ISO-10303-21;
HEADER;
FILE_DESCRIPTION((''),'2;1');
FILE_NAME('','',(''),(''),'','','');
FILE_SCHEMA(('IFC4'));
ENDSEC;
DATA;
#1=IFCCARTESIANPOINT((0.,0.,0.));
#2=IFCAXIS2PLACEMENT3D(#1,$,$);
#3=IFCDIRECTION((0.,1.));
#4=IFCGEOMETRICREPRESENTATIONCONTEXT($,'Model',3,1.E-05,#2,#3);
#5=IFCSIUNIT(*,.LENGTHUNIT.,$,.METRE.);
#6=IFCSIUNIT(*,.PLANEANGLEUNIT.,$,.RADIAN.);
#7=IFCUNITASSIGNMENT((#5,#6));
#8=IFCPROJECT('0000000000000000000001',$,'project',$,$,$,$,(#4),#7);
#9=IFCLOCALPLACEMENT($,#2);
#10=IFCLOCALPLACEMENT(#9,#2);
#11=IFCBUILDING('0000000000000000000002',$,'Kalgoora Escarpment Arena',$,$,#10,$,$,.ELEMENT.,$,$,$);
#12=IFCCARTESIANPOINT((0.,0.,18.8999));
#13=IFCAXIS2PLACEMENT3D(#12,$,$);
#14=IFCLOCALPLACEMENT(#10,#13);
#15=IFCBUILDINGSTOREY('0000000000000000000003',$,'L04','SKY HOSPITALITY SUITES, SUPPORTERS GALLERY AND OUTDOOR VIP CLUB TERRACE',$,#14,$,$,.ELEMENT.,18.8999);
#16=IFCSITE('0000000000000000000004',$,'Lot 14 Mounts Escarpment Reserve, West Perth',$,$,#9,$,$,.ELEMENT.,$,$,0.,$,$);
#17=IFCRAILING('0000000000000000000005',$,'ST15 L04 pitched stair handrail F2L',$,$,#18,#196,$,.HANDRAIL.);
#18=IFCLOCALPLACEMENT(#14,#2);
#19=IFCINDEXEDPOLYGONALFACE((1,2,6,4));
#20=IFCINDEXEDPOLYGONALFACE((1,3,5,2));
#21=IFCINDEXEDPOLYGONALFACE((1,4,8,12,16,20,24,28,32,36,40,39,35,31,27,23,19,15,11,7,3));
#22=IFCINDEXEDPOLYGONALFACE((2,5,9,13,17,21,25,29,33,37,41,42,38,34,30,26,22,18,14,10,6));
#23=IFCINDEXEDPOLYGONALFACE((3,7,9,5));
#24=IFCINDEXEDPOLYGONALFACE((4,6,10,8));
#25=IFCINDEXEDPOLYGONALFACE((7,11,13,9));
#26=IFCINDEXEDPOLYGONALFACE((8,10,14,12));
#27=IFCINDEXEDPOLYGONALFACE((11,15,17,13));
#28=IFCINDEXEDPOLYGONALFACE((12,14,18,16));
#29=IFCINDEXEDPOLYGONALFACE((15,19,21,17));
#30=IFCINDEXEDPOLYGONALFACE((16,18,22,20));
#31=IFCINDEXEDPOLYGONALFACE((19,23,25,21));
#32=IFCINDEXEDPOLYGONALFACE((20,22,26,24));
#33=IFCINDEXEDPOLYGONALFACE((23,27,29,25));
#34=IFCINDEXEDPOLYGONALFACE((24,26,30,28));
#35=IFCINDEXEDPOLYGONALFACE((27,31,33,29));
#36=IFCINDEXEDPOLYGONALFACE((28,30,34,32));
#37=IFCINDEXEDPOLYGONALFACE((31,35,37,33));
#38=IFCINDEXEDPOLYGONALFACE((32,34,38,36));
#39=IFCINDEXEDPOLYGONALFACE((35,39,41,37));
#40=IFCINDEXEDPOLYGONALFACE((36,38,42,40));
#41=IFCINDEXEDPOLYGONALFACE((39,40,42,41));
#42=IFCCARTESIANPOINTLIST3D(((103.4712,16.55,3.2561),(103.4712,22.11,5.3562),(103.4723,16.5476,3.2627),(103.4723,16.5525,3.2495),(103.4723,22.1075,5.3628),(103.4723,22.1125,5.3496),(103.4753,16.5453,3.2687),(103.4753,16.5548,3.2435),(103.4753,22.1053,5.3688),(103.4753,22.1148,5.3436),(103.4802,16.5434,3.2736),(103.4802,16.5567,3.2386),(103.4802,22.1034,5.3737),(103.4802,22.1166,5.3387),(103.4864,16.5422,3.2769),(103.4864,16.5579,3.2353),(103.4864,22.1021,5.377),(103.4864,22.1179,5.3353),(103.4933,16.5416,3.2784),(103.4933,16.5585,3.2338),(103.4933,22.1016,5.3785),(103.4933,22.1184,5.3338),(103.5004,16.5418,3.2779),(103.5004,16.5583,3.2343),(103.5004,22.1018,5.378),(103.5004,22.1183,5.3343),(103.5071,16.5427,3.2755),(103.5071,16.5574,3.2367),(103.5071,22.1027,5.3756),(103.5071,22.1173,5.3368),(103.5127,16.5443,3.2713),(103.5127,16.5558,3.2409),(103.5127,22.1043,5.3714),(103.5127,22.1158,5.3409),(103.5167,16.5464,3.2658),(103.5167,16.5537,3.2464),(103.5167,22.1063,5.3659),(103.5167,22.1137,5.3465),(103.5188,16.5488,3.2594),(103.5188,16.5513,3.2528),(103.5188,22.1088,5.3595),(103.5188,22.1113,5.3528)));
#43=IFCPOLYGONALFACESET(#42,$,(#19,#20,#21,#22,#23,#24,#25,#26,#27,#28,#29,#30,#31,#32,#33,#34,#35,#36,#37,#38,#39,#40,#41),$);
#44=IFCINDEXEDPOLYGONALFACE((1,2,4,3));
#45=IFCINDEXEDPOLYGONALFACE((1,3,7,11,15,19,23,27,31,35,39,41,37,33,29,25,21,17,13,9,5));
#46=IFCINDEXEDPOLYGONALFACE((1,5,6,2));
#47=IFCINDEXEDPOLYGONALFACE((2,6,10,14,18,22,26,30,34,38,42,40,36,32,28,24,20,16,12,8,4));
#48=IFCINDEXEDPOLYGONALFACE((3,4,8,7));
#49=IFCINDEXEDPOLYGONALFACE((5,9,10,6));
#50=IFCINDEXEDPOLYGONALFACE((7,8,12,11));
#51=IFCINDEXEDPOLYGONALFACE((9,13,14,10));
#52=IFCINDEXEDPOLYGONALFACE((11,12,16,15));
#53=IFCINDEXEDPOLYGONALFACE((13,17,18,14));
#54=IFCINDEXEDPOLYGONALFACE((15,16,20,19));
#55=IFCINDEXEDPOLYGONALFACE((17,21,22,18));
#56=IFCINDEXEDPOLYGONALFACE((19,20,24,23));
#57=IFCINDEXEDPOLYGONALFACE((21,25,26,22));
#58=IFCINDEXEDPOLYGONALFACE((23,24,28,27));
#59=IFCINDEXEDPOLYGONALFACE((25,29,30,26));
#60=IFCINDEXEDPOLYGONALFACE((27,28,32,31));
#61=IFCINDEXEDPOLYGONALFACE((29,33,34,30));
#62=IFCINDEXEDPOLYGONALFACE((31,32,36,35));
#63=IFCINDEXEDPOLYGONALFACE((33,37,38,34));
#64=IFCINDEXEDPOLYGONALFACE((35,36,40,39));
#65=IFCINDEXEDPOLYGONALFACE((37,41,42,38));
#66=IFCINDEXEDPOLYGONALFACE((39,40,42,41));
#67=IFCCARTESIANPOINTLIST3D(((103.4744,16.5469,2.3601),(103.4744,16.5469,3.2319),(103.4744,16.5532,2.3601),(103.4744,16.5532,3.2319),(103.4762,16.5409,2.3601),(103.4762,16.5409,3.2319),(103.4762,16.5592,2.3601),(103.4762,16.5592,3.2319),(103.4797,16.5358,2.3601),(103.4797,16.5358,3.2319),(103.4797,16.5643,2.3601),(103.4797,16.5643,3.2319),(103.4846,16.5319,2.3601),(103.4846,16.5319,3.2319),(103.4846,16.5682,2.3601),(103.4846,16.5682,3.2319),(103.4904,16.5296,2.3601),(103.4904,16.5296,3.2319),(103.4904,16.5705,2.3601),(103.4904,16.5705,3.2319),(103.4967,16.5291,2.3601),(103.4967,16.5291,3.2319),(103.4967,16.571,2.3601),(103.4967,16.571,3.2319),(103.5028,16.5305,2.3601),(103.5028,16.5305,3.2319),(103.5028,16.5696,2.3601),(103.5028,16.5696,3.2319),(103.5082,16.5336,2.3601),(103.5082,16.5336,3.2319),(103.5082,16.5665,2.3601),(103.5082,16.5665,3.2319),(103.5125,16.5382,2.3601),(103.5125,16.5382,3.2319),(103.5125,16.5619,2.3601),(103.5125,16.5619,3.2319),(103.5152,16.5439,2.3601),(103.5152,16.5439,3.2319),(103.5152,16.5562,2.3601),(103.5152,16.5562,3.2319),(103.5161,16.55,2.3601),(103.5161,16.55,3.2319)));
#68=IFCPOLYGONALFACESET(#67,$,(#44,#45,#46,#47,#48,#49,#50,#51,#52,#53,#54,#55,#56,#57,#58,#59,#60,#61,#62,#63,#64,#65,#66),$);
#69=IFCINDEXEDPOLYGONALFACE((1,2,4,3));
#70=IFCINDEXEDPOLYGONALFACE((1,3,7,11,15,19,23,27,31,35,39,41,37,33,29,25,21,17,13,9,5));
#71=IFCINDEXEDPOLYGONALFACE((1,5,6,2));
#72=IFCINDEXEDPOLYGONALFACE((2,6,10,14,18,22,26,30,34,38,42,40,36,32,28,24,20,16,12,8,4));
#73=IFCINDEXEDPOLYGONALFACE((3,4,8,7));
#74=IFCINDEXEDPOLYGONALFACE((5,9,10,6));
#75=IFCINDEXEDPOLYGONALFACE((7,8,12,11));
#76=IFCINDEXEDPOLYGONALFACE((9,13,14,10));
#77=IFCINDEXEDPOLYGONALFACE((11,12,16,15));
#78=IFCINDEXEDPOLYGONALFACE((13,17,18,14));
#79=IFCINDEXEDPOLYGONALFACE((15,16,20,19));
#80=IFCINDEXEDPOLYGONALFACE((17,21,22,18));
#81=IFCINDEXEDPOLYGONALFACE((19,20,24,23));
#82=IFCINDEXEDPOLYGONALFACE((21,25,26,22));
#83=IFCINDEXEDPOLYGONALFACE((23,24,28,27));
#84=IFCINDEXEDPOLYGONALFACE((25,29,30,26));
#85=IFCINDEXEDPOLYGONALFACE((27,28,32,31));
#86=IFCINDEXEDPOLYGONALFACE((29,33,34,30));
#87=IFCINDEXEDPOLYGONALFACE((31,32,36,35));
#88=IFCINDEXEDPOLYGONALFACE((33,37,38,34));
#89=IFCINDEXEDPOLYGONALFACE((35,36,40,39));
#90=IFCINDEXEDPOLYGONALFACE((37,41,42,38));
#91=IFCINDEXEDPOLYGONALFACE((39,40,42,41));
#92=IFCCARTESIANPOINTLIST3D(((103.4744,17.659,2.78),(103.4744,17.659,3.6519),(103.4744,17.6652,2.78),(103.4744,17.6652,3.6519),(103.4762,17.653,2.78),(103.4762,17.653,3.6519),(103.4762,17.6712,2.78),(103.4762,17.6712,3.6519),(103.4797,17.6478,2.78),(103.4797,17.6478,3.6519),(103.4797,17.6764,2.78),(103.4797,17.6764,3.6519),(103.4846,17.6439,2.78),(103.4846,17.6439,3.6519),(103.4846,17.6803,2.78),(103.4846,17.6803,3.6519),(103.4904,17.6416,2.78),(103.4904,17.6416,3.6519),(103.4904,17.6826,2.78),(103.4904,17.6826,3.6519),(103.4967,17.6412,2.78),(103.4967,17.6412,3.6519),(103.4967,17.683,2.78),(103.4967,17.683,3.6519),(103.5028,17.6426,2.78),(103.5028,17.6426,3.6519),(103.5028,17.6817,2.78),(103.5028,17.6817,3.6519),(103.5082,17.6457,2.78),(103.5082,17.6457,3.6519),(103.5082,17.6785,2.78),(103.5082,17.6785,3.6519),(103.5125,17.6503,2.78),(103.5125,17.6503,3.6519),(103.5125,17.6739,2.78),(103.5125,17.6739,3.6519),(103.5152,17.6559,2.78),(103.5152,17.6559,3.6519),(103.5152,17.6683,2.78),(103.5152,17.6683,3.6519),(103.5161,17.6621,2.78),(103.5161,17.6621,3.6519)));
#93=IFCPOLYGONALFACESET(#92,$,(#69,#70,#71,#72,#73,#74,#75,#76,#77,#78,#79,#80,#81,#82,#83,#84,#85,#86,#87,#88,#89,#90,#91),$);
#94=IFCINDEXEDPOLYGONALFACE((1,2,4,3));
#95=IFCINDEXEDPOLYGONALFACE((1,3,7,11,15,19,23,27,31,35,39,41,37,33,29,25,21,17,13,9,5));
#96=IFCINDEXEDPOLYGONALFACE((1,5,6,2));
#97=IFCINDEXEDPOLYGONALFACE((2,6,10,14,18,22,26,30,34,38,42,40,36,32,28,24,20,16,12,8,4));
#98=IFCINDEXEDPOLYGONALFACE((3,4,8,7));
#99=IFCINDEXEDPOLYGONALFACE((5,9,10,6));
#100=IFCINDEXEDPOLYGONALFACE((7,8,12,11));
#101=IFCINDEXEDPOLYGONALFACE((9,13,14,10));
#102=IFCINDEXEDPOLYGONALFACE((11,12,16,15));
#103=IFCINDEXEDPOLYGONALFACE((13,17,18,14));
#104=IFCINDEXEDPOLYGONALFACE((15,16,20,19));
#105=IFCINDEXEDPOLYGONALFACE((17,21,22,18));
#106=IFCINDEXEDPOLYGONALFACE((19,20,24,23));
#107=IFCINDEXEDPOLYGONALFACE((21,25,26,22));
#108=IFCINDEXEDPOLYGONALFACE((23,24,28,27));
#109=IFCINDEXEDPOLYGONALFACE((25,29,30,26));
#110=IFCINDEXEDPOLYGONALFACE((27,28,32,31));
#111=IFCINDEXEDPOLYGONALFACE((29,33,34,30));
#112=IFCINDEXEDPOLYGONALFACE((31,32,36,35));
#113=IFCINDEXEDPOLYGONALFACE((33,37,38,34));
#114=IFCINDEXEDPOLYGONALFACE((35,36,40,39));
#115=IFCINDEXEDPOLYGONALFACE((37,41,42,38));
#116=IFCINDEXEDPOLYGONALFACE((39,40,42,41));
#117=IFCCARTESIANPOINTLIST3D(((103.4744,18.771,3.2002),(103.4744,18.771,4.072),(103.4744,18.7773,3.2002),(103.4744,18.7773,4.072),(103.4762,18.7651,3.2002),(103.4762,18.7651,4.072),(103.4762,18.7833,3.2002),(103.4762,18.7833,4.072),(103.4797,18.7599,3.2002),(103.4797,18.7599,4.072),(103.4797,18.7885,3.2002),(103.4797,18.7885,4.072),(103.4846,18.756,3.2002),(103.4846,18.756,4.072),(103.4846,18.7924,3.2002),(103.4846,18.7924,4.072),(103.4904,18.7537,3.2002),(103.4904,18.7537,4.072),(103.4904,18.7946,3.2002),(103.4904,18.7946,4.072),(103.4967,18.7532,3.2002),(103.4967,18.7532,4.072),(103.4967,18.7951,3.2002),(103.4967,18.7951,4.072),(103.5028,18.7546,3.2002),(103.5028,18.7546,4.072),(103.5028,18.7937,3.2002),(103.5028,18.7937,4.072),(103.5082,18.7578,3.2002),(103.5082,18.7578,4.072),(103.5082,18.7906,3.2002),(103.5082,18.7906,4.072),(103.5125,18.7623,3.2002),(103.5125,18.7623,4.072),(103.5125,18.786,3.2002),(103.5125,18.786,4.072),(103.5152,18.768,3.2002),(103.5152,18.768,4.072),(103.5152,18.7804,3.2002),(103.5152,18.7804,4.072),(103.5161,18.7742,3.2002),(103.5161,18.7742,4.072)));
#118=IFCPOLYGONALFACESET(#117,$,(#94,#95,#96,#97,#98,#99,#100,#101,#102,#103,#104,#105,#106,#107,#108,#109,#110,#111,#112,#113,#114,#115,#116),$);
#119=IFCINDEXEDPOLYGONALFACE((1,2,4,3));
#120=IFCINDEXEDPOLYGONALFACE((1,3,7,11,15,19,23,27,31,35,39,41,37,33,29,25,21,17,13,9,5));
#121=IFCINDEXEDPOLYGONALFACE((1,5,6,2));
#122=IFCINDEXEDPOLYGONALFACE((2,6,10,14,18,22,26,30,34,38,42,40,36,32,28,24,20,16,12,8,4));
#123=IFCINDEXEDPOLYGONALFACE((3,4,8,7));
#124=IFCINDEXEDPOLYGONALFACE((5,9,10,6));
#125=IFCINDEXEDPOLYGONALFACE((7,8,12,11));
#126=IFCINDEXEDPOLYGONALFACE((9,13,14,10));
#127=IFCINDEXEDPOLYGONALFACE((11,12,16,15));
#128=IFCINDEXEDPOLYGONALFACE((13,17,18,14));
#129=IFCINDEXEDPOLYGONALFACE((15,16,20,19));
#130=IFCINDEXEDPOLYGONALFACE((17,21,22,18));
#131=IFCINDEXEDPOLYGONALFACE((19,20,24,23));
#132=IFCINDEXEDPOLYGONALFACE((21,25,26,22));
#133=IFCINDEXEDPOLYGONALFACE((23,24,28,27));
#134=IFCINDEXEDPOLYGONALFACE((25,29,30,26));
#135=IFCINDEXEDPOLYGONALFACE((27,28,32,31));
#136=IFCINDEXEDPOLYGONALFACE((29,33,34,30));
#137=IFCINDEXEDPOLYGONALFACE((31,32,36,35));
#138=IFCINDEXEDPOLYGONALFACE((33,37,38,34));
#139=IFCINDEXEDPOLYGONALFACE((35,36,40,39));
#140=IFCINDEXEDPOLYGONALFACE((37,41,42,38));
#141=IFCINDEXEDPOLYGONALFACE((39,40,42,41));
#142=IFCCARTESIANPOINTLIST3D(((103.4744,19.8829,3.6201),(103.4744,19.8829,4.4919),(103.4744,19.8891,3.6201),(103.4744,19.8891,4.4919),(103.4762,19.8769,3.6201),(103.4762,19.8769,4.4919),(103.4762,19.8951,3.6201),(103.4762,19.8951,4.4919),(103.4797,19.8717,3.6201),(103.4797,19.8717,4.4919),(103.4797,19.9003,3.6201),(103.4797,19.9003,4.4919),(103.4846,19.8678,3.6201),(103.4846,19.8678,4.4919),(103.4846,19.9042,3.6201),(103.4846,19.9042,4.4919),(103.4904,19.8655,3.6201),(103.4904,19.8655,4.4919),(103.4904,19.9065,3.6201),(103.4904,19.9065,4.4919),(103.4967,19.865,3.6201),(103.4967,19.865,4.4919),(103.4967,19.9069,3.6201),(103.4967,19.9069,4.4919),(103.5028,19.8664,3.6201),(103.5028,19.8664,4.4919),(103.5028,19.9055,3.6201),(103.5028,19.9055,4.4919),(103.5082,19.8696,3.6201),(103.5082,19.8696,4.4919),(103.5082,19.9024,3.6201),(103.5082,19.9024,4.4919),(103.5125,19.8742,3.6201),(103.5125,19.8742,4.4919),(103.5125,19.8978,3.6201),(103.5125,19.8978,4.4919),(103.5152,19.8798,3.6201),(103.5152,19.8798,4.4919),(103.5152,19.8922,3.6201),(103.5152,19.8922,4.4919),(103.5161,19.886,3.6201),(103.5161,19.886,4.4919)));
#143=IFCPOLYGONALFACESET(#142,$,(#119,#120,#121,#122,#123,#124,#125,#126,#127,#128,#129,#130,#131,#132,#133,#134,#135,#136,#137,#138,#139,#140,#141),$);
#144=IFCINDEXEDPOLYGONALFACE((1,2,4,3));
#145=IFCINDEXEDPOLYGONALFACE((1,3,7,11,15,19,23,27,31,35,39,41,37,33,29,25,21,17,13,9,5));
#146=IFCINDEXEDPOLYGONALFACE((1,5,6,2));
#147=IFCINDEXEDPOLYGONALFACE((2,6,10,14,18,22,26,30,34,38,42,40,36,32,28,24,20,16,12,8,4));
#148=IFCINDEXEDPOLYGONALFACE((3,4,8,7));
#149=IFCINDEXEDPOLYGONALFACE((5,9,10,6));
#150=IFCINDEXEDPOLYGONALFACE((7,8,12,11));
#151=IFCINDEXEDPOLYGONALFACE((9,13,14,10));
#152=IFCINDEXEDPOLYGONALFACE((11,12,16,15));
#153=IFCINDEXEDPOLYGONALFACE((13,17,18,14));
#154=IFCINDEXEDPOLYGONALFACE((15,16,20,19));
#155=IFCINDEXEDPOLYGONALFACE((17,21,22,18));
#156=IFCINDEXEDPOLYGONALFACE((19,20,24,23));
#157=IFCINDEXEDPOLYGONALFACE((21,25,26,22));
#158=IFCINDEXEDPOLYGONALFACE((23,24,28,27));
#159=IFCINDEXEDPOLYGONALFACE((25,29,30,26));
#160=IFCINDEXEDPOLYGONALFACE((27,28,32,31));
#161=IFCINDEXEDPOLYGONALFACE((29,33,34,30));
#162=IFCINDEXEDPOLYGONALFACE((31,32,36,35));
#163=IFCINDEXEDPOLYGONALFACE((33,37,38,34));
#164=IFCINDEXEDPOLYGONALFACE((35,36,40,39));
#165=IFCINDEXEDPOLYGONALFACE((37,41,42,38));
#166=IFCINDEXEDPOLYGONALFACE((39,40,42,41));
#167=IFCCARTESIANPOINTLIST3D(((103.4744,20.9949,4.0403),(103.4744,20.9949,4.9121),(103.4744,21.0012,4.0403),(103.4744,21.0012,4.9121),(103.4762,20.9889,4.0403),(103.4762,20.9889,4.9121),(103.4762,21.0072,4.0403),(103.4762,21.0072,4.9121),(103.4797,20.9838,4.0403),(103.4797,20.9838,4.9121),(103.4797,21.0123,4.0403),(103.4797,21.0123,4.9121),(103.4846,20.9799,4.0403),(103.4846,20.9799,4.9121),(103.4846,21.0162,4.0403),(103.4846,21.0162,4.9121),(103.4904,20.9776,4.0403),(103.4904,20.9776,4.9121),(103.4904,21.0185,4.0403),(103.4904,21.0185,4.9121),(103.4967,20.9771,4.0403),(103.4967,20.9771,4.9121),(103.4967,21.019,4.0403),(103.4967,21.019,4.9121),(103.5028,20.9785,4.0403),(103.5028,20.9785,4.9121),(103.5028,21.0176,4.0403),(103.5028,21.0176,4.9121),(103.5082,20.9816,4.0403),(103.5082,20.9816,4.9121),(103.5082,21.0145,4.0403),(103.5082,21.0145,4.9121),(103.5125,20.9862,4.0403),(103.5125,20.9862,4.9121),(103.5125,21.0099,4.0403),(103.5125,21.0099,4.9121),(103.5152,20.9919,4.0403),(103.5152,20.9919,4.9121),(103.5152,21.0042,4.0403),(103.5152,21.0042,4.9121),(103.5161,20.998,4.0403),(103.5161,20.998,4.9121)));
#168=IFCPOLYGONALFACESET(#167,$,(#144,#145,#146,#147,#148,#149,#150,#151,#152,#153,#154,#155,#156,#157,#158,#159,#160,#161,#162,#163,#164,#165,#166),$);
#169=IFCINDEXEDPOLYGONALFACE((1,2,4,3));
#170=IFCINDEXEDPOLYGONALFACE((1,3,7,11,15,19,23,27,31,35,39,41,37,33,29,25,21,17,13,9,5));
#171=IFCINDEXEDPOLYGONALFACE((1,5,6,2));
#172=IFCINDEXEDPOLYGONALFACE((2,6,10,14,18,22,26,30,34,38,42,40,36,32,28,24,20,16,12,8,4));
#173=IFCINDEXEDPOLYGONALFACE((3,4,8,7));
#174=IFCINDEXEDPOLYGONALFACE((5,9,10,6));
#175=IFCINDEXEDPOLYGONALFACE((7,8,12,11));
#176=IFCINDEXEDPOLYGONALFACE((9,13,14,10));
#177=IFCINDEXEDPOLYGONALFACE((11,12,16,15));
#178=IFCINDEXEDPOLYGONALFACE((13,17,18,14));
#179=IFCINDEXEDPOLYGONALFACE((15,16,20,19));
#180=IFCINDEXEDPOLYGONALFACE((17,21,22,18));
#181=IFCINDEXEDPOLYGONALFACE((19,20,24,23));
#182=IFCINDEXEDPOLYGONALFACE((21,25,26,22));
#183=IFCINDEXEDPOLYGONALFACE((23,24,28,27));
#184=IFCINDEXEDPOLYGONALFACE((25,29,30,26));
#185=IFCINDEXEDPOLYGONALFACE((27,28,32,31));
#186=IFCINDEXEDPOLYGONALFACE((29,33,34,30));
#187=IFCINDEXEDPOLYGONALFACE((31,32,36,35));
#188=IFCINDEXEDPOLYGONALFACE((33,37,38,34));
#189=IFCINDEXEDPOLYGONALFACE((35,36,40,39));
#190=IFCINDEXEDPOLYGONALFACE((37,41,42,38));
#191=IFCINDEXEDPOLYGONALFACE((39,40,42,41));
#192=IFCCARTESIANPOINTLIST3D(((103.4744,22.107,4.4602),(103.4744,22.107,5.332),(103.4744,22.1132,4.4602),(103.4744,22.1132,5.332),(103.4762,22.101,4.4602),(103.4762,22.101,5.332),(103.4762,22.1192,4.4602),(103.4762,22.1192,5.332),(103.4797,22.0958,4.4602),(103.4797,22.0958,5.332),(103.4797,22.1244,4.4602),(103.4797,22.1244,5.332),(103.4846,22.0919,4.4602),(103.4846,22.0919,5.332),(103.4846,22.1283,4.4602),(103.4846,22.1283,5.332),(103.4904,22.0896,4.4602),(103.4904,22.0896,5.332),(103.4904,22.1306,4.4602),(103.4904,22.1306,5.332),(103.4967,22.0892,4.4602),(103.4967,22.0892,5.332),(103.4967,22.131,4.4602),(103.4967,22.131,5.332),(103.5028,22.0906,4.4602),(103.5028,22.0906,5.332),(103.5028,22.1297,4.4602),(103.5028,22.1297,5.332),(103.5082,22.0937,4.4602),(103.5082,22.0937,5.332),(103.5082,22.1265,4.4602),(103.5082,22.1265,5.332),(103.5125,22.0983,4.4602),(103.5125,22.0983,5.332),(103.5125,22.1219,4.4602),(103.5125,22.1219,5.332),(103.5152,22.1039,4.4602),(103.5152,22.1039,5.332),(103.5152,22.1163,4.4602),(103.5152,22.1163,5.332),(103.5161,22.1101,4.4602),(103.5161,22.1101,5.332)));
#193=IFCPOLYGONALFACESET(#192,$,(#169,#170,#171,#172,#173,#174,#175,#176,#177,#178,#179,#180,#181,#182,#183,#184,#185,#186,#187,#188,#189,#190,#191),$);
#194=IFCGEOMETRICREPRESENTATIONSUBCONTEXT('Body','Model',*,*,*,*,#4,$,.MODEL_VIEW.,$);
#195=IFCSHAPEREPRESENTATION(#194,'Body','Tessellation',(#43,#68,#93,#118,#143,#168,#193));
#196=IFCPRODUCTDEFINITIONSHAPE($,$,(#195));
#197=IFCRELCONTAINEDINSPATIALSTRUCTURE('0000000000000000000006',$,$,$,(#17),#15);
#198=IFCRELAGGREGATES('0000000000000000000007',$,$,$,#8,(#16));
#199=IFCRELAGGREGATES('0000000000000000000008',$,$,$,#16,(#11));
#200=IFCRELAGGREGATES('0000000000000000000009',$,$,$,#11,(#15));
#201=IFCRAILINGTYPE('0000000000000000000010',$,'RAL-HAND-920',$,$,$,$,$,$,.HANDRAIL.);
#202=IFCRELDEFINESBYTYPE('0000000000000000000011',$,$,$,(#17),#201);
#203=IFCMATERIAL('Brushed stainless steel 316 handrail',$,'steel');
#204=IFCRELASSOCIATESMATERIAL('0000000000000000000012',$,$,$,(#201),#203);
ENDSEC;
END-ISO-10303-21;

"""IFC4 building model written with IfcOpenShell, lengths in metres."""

from ifc_helpers import new_model, si_unit, direction, frame, origin, origin_2d, place, context, subcontext, project, spatial, circle, extrude, material, type_object, element, save


model = new_model("IFC4")

# Units and contexts
model_context = context("Model", 3, precision=1e-05, world=origin(), true_north=direction((0.0, 1.0)))
body_context = subcontext(model_context, "Body", "Model", "MODEL_VIEW")
ifc_project = project(units=[si_unit("LENGTHUNIT", "METRE"), si_unit("PLANEANGLEUNIT", "RADIAN")], contexts=[model_context])

# Site, building, storey
site_placement = place(None, origin())
site = spatial("IfcSite", under=ifc_project, at=site_placement, Name="Lot 14 Mounts Escarpment Reserve, West Perth", CompositionType="ELEMENT", RefElevation=0.0)
building_placement = place(site_placement, origin())
building = spatial("IfcBuilding", under=site, at=building_placement, Name="Kalgoora Escarpment Arena", CompositionType="ELEMENT")
storey_placement = place(building_placement, frame((0.0, 0.0, 18.8999)))
storey = spatial("IfcBuildingStorey", under=building, at=storey_placement, Name="L04", Description="SKY HOSPITALITY SUITES, SUPPORTERS GALLERY AND OUTDOOR VIP CLUB TERRACE", CompositionType="ELEMENT", Elevation=18.8999)

# Railing
ifc_material_1 = material(Name="Brushed stainless steel 316 handrail", Category="steel")
railing_type_1 = type_object("IfcRailingType", Name="RAL-HAND-920", PredefinedType="HANDRAIL", material=ifc_material_1)
for number, where, name in (
    (1, (103.4951, 16.55, 2.3601), "ST15 L04 pitched stair handrail F2L"),
):
    element("IfcRailing", number, at=place(storey_placement, frame(where)), inside=storey, type_object=railing_type_1, Name=name, PredefinedType="HANDRAIL", context=body_context, shape_type="SweptSolid", body=[
        extrude(circle(Radius=0.0239, at=origin_2d()), frame((0.0, 0.0, 0.896), z_axis=(0.0, 0.935493, 0.353346), x_axis=(-1.0, 0.0, 0.0)), (0.0, 0.0, 1.0), 5.9434),
        extrude(circle(Radius=0.021, at=origin_2d()), origin(), (0.0, 0.0, 1.0), 0.8718),
        extrude(circle(Radius=0.021, at=origin_2d()), frame((0.0, 1.1121, 0.4199)), (0.0, 0.0, 1.0), 0.8718),
        extrude(circle(Radius=0.021, at=origin_2d()), frame((0.0, 2.2241, 0.8401)), (0.0, 0.0, 1.0), 0.8718),
        extrude(circle(Radius=0.021, at=origin_2d()), frame((0.0, 3.3359, 1.26)), (0.0, 0.0, 1.0), 0.8718),
        extrude(circle(Radius=0.021, at=origin_2d()), frame((0.0, 4.448, 1.6802)), (0.0, 0.0, 1.0), 0.8718),
        extrude(circle(Radius=0.021, at=origin_2d()), frame((0.0, 5.5601, 2.1001)), (0.0, 0.0, 1.0), 0.8718),
    ])

save(model, "model.ifc")
